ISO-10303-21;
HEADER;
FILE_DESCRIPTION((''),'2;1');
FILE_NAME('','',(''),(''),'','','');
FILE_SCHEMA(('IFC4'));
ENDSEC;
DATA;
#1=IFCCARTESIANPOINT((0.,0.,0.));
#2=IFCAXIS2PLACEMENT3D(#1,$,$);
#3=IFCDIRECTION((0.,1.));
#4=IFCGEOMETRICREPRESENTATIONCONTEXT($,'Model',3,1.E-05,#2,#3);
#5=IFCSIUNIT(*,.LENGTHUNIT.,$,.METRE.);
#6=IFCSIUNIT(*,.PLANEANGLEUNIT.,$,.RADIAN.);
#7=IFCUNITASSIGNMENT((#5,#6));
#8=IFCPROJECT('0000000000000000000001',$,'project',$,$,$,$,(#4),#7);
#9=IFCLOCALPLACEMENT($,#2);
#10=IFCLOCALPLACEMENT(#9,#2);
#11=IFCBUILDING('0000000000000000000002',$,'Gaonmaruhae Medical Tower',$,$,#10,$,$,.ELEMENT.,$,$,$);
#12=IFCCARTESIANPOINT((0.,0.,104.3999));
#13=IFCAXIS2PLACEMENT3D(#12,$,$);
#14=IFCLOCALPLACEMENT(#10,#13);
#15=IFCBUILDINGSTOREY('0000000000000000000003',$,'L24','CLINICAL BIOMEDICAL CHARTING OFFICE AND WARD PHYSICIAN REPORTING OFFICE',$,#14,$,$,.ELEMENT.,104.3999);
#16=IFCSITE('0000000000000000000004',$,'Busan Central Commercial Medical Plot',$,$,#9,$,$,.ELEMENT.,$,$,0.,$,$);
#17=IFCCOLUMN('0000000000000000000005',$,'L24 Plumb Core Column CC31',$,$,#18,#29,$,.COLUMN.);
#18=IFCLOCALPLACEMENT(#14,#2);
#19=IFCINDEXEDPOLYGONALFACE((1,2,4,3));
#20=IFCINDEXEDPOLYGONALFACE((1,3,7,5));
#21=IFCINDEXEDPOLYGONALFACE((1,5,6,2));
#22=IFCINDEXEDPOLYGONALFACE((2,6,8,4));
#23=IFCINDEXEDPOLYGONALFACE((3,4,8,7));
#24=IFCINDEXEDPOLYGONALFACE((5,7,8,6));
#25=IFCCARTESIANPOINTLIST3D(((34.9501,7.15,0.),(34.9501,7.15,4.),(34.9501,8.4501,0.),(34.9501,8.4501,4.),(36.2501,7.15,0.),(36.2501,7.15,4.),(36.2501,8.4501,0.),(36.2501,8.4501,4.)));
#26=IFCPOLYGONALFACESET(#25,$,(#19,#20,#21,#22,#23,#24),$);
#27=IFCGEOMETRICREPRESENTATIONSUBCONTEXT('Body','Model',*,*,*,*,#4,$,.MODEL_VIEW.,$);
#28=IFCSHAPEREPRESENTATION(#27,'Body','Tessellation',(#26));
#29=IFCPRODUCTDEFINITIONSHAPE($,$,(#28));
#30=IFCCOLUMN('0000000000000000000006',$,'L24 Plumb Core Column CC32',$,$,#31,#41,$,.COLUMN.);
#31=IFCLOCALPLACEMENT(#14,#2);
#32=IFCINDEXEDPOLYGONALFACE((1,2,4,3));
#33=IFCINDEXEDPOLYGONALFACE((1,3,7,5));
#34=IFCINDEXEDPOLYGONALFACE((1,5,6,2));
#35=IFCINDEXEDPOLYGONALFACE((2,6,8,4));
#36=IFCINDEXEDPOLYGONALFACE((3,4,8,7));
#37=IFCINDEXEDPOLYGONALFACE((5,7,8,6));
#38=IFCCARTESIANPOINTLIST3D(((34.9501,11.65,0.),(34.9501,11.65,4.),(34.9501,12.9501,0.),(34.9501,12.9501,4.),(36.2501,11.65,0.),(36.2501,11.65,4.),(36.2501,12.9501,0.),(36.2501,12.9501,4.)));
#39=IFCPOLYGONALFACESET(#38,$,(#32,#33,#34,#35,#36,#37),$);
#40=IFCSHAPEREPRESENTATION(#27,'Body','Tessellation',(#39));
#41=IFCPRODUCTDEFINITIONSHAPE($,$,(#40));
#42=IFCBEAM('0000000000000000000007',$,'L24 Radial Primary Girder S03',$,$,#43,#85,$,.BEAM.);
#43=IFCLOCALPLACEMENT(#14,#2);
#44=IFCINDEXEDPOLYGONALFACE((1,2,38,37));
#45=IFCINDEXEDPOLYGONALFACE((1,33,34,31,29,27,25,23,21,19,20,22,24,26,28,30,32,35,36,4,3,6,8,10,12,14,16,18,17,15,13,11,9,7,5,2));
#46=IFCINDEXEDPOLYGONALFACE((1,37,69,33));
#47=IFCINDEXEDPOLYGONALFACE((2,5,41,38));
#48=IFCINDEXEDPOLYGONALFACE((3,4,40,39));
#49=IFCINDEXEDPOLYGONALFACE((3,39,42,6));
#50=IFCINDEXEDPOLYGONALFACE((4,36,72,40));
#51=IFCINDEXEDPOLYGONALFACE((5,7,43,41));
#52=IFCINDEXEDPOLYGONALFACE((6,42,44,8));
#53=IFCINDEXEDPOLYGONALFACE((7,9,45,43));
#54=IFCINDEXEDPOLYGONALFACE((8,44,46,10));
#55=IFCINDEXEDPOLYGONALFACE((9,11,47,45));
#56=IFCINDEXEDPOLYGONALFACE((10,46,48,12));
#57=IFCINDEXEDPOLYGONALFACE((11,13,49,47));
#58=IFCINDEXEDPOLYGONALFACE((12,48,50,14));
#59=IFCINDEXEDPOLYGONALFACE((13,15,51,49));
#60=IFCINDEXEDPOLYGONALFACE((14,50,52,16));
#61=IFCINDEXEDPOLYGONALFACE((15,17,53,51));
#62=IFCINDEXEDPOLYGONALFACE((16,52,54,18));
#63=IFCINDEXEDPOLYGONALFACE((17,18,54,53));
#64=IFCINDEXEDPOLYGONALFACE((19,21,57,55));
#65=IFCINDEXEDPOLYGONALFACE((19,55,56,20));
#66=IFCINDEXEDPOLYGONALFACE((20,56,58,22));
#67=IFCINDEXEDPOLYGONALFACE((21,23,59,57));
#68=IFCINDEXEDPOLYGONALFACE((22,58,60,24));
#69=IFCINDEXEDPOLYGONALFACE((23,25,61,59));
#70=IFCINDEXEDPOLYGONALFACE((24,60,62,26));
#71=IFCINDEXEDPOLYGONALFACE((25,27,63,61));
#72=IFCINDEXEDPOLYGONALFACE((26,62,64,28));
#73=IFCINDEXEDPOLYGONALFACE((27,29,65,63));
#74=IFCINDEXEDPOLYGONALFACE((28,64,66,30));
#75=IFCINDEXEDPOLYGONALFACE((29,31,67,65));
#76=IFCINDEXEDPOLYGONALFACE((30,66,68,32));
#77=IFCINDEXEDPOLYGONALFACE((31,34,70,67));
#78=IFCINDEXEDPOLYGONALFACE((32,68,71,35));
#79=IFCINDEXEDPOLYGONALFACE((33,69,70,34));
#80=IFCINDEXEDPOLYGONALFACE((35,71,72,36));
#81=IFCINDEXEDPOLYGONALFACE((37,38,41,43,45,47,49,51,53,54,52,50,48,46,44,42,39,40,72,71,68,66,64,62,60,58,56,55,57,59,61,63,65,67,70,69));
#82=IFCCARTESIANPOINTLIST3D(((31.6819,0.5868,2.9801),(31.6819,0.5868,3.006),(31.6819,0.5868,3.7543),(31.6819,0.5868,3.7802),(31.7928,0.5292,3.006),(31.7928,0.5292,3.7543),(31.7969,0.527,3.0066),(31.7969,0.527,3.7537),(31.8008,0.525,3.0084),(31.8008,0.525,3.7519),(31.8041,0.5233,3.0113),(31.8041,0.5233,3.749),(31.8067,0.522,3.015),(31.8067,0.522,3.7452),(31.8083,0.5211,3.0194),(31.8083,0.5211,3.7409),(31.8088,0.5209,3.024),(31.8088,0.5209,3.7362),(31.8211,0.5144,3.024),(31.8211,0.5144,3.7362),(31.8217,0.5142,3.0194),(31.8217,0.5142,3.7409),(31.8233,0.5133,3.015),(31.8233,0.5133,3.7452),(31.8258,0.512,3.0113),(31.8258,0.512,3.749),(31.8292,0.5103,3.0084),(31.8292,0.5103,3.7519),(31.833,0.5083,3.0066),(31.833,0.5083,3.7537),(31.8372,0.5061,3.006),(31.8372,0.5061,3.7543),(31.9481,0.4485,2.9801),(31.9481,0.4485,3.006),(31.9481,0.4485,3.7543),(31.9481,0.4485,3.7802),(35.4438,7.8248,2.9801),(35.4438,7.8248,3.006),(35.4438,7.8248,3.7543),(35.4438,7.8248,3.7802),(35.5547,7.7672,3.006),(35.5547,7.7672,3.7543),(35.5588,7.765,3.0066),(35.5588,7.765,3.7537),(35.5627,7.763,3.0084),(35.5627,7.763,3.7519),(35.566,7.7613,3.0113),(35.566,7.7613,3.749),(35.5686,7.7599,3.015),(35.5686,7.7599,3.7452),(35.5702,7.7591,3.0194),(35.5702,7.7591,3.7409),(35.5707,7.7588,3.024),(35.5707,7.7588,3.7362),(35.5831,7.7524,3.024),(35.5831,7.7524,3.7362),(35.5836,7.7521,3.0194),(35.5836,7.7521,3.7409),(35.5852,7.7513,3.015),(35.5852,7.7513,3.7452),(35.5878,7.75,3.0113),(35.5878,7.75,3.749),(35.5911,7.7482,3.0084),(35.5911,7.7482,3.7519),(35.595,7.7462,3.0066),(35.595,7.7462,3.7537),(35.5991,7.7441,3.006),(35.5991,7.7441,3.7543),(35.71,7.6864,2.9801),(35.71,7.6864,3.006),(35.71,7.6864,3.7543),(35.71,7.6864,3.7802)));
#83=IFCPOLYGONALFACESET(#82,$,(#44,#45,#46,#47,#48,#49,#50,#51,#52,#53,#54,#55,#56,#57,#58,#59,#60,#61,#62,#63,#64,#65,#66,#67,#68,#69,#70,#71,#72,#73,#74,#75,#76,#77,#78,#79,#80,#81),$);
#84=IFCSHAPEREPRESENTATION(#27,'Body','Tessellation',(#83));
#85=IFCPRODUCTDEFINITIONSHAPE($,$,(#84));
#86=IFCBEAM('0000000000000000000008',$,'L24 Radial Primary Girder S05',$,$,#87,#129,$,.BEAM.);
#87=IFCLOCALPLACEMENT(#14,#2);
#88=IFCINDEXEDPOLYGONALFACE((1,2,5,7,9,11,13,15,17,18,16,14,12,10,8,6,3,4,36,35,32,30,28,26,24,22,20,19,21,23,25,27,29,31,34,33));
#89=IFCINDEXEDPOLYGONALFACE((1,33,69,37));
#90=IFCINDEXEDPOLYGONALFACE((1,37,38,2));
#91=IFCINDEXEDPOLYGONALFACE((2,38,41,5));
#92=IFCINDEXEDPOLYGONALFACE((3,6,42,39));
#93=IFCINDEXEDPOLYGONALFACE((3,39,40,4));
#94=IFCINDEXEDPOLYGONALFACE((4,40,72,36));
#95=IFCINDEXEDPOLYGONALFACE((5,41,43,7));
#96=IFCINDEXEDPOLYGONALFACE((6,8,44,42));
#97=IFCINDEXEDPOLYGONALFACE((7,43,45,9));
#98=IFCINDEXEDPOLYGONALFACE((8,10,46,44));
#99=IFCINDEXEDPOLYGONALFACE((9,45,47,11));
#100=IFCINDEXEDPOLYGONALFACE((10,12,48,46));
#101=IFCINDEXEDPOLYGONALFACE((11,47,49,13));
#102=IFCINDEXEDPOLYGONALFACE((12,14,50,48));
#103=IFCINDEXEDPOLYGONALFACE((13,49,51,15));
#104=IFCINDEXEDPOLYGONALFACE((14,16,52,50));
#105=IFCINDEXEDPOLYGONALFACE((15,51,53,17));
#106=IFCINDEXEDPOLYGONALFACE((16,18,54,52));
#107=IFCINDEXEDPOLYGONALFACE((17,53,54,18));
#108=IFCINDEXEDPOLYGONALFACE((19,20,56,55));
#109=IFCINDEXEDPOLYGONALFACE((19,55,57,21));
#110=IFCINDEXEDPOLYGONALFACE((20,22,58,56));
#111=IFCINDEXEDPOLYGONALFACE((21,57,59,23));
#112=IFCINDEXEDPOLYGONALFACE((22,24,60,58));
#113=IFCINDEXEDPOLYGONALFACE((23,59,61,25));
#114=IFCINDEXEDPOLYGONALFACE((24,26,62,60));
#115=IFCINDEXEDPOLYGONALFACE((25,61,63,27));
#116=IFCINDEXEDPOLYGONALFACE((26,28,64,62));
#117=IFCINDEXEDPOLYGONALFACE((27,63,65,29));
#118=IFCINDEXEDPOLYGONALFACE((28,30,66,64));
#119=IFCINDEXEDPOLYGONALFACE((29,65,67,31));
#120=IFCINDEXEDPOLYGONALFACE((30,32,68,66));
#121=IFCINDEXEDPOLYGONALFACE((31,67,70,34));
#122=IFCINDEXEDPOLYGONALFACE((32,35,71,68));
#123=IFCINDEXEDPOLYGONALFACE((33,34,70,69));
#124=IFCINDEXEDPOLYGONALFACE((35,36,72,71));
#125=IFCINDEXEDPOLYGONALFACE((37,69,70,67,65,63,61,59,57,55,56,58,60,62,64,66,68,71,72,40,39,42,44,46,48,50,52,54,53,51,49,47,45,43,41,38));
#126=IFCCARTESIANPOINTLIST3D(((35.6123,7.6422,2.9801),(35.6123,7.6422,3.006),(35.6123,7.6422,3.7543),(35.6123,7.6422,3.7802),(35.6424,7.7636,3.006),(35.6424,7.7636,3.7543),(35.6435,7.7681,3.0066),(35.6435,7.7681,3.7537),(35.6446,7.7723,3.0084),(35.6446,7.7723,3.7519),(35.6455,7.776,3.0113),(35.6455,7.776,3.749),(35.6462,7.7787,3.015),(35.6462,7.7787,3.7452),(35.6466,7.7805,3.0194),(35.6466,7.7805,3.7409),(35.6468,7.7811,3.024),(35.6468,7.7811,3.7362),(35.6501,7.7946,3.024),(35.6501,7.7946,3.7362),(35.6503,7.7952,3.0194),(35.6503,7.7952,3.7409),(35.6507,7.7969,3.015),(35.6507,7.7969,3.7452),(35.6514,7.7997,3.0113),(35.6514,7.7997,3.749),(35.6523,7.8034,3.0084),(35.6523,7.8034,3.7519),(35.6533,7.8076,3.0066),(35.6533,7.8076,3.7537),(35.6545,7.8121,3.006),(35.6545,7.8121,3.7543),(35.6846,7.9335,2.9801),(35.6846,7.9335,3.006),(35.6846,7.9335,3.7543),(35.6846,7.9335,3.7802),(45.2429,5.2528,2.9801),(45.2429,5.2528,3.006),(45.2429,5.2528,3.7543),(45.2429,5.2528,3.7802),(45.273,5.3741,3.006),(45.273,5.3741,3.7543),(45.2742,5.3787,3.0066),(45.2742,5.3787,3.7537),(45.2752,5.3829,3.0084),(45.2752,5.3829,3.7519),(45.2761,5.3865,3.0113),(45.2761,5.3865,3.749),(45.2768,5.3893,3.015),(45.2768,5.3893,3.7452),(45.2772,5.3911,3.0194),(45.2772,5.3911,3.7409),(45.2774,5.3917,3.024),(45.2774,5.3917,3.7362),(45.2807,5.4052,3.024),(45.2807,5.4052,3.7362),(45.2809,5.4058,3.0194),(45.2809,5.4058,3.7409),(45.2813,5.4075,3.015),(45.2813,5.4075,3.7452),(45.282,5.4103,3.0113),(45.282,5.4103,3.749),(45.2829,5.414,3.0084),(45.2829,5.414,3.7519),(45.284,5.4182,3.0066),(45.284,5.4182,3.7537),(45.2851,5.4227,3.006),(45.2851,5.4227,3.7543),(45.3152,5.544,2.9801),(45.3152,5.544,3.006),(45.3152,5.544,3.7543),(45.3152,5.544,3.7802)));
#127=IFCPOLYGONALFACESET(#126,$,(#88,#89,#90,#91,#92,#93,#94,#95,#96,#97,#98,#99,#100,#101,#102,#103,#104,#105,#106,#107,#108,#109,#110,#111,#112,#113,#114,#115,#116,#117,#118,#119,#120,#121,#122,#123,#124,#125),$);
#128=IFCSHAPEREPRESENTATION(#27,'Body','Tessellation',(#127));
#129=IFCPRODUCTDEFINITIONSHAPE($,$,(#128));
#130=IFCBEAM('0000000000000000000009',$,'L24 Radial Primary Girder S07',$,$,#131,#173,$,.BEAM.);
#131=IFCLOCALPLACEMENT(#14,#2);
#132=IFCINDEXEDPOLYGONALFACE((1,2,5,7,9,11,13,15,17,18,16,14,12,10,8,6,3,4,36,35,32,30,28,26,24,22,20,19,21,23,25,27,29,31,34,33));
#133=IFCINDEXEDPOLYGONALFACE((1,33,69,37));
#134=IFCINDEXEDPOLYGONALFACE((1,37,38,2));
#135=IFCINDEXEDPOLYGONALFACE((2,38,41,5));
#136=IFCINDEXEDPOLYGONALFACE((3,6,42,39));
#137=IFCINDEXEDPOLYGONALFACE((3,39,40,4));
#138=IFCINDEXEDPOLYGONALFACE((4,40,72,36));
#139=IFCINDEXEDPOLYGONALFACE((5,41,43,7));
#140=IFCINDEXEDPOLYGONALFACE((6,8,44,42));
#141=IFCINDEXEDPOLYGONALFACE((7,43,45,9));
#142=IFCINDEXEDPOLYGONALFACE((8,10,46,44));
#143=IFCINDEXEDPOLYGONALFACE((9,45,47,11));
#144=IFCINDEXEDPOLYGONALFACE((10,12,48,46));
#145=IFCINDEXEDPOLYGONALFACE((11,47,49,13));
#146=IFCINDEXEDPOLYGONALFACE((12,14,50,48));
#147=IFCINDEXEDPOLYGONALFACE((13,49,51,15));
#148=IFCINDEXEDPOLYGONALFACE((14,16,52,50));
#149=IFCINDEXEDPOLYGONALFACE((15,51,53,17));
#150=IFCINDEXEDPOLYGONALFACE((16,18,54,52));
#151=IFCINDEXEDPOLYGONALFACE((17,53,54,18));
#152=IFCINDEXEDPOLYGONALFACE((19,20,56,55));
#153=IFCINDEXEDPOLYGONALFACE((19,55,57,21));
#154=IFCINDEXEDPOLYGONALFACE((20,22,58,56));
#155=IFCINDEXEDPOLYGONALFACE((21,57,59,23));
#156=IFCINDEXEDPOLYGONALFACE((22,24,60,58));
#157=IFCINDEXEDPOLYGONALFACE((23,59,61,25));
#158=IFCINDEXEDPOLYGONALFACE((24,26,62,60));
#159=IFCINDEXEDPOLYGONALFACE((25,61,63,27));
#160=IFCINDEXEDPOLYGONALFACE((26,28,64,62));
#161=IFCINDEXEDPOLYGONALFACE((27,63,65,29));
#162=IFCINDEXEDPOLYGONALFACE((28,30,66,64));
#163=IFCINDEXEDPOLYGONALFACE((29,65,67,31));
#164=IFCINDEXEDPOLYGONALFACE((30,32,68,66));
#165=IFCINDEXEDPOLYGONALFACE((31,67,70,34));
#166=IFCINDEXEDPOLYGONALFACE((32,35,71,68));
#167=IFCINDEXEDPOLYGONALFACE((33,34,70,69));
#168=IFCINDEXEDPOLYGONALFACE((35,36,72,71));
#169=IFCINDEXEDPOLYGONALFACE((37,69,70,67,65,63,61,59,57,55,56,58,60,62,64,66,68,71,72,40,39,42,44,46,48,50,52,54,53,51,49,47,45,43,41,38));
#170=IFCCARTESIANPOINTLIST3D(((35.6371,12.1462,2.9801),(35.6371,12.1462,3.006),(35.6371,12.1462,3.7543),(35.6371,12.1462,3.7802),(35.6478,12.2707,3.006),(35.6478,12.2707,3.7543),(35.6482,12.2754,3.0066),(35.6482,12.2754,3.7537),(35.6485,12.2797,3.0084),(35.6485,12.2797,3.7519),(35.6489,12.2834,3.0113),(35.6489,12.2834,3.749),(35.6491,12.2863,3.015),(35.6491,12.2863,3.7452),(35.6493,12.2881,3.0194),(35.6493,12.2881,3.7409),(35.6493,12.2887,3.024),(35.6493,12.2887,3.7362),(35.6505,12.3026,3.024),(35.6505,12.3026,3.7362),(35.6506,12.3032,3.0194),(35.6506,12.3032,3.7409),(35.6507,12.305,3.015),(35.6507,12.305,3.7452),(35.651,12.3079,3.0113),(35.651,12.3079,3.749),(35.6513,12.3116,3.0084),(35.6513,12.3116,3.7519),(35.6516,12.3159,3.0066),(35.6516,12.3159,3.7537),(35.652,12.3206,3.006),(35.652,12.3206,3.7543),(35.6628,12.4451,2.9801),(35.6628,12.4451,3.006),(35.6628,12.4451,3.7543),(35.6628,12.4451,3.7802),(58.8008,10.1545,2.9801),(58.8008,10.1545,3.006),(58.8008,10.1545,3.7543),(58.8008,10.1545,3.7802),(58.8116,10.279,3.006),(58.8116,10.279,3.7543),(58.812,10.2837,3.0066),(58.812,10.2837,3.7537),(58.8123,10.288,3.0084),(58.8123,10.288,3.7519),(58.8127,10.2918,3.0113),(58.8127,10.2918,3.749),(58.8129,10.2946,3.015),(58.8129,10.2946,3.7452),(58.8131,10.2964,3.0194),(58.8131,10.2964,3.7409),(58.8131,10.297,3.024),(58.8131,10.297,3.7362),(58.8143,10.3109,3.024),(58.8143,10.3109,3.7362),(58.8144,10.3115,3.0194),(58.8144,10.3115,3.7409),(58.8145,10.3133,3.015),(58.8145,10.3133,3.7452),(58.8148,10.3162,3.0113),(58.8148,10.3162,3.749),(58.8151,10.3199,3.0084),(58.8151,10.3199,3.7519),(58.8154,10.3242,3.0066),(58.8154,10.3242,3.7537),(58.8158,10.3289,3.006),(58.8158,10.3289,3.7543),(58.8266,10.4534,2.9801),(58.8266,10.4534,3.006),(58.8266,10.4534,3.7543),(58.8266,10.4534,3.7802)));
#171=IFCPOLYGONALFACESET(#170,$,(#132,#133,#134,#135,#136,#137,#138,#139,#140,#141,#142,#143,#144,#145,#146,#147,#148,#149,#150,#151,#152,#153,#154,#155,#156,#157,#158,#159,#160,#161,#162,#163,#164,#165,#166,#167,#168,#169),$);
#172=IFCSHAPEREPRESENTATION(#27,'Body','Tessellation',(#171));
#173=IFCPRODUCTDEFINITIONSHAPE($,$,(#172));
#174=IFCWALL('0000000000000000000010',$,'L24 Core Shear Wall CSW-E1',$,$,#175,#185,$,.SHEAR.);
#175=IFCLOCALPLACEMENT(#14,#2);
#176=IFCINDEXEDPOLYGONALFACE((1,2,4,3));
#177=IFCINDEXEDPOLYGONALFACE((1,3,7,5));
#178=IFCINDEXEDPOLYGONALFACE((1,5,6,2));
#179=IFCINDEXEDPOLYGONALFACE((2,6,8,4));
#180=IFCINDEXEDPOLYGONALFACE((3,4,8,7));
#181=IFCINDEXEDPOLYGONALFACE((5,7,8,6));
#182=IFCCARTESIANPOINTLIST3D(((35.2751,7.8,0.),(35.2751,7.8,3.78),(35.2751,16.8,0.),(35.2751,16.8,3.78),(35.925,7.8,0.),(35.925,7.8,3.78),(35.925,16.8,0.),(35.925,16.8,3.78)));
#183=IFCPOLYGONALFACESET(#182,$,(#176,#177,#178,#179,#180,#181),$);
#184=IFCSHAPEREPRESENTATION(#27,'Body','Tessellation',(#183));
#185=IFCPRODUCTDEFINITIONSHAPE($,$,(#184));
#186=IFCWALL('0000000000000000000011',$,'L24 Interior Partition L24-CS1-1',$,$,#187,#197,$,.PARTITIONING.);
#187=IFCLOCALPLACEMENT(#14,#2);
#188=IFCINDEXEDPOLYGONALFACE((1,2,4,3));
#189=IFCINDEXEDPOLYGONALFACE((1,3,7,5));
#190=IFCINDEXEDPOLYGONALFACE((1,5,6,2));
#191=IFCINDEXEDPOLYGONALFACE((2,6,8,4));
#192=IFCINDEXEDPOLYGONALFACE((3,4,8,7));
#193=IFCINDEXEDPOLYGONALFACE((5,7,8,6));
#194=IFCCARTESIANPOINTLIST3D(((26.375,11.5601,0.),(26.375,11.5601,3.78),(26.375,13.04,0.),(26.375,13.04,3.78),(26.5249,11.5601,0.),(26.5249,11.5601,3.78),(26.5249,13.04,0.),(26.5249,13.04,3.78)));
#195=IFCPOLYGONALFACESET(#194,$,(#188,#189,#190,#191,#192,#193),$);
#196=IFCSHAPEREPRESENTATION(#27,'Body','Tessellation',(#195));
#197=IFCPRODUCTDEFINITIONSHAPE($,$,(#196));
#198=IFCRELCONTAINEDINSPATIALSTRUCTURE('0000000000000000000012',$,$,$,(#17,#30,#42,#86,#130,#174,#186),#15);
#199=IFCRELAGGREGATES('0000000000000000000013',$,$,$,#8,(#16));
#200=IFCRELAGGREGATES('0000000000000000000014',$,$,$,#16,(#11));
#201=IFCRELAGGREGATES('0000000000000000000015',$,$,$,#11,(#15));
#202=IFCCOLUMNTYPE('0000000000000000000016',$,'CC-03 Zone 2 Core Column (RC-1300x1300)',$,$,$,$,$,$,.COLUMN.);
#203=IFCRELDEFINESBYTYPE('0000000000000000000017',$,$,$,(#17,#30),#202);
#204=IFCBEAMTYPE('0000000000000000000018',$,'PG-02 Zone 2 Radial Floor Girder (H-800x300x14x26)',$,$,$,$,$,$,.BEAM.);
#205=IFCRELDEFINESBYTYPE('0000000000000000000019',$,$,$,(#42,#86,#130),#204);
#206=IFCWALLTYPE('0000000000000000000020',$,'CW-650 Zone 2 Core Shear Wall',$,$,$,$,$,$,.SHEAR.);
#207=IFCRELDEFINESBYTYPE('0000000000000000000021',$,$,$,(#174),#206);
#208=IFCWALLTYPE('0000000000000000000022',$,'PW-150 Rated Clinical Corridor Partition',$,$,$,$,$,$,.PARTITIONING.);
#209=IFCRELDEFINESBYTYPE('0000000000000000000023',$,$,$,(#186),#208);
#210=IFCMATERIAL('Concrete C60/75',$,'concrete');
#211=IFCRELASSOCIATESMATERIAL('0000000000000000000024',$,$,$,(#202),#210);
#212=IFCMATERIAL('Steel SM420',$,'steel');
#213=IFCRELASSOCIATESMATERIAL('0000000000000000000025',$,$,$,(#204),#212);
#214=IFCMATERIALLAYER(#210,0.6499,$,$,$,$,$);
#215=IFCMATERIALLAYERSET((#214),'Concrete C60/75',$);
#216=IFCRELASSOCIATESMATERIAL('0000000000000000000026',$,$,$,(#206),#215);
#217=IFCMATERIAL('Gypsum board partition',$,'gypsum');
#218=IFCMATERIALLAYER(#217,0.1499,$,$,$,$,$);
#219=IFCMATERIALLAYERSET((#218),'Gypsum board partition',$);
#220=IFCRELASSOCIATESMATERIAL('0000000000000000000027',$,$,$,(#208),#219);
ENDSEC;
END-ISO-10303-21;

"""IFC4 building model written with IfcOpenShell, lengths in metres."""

from ifc_helpers import new_model, si_unit, direction, frame, frame_2d, origin, origin_2d, place, context, subcontext, project, spatial, rectangle, i_section, extrude, material, layer, layer_set, material_profile, profile_set, type_object, element, save


model = new_model("IFC4")

# Units and contexts
model_context = context("Model", 3, precision=1e-05, world=origin(), true_north=direction((0.0, 1.0)))
body_context = subcontext(model_context, "Body", "Model", "MODEL_VIEW")
ifc_project = project(units=[si_unit("LENGTHUNIT", "METRE"), si_unit("PLANEANGLEUNIT", "RADIAN")], contexts=[model_context])

# Site, building, storey
site_placement = place(None, origin())
site = spatial("IfcSite", under=ifc_project, at=site_placement, Name="Busan Central Commercial Medical Plot", CompositionType="ELEMENT", RefElevation=0.0)
building_placement = place(site_placement, origin())
building = spatial("IfcBuilding", under=site, at=building_placement, Name="Gaonmaruhae Medical Tower", CompositionType="ELEMENT")
storey_placement = place(building_placement, frame((0.0, 0.0, 104.3999)))
storey = spatial("IfcBuildingStorey", under=building, at=storey_placement, Name="L24", Description="CLINICAL BIOMEDICAL CHARTING OFFICE AND WARD PHYSICIAN REPORTING OFFICE", CompositionType="ELEMENT", Elevation=104.3999)

# Columns
ifc_material_1 = material(Name="Concrete C60/75", Category="concrete")
ifc_material_profile_1 = material_profile(ifc_material_1, rectangle(XDim=1.3, YDim=1.3, at=origin_2d()), Name="RC-1300x1300")
ifc_profile_set_1 = profile_set([ifc_material_profile_1], Name="Concrete C60/75")
column_type = type_object("IfcColumnType", Name="CC-03 Zone 2 Core Column (RC-1300x1300)", PredefinedType="COLUMN", material=ifc_profile_set_1)
for number, where, z_axis, x_axis, name in (
    (1, (35.6001, 7.8, 0.0), (0.0, 0.0, 1.0), (1.0, 0.0, 0.0), "L24 Plumb Core Column CC31"),
    (2, (35.6001, 12.3, 0.0), (0.0, 0.0, 1.0), (1.0, 0.0, 0.0), "L24 Plumb Core Column CC32"),
):
    element("IfcColumn", number, at=place(storey_placement, frame(where, z_axis=z_axis, x_axis=x_axis)), inside=storey, type_object=column_type, Name=name, PredefinedType="COLUMN", context=body_context, shape_type="SweptSolid", body=[
        extrude(rectangle(XDim=1.3, YDim=1.3, at=origin_2d()), origin(), (0.0, 0.0, 1.0), 4.0),
    ])

# Beams
ifc_material_2 = material(Name="Steel SM420", Category="steel")
ifc_material_profile_2 = material_profile(ifc_material_2, i_section(OverallWidth=0.3, OverallDepth=0.8, WebThickness=0.0139, FlangeThickness=0.0259, FilletRadius=0.0181, at=origin_2d()), Name="H-800x300x14x26")
ifc_profile_set_2 = profile_set([ifc_material_profile_2], Name="Steel SM420")
beam_type = type_object("IfcBeamType", Name="PG-02 Zone 2 Radial Floor Girder (H-800x300x14x26)", PredefinedType="BEAM", material=ifc_profile_set_2)
beam_1_placement = place(storey_placement, frame((35.5769, 7.7556, 3.3801), z_axis=(-0.461177, -0.887308, 0.0), x_axis=(0.887308, -0.461177, 0.0)))
element("IfcBeam", 3, at=beam_1_placement, inside=storey, type_object=beam_type, Name="L24 Radial Primary Girder S03", PredefinedType="BEAM", context=body_context, shape_type="SweptSolid", body=[
    extrude(i_section(OverallWidth=0.3, OverallDepth=0.8, WebThickness=0.0139, FlangeThickness=0.0259, FilletRadius=0.0181, at=origin_2d()), origin(), (0.0, 0.0, 1.0), 8.1572),
])
beam_2_placement = place(storey_placement, frame((35.6484, 7.7878, 3.3801), z_axis=(0.970574, -0.240804, 0.0), x_axis=(0.240804, 0.970574, 0.0)))
element("IfcBeam", 4, at=beam_2_placement, inside=storey, type_object=beam_type, Name="L24 Radial Primary Girder S05", PredefinedType="BEAM", context=body_context, shape_type="SweptSolid", body=[
    extrude(i_section(OverallWidth=0.3, OverallDepth=0.8, WebThickness=0.0139, FlangeThickness=0.0259, FilletRadius=0.0181, at=origin_2d()), origin(), (0.0, 0.0, 1.0), 9.9226),
])
beam_3_placement = place(storey_placement, frame((35.6499, 12.2957, 3.3801), z_axis=(0.996324, -0.085667, 0.0), x_axis=(0.085667, 0.996324, 0.0)))
element("IfcBeam", 5, at=beam_3_placement, inside=storey, type_object=beam_type, Name="L24 Radial Primary Girder S07", PredefinedType="BEAM", context=body_context, shape_type="SweptSolid", body=[
    extrude(i_section(OverallWidth=0.3, OverallDepth=0.8, WebThickness=0.0139, FlangeThickness=0.0259, FilletRadius=0.0181, at=origin_2d()), origin(), (0.0, 0.0, 1.0), 23.2493),
])

# Walls
ifc_layer_1 = layer(ifc_material_1, 0.6499)
ifc_layer_set_1 = layer_set([ifc_layer_1], Name="Concrete C60/75")
wall_type_1 = type_object("IfcWallType", Name="CW-650 Zone 2 Core Shear Wall", PredefinedType="SHEAR", material=ifc_layer_set_1)
wall_1_placement = place(storey_placement, frame((35.6001, 7.8, 0.0), z_axis=(0.0, 0.0, 1.0), x_axis=(0.0, 1.0, 0.0)))
element("IfcWall", 6, at=wall_1_placement, inside=storey, type_object=wall_type_1, Name="L24 Core Shear Wall CSW-E1", PredefinedType="SHEAR", context=body_context, shape_type="SweptSolid", body=[
    extrude(rectangle(XDim=9.0, YDim=0.6499, at=frame_2d((4.5, 0.0))), origin(), (0.0, 0.0, 1.0), 3.78),
])
ifc_material_3 = material(Name="Gypsum board partition", Category="gypsum")
ifc_layer_2 = layer(ifc_material_3, 0.1499)
ifc_layer_set_2 = layer_set([ifc_layer_2], Name="Gypsum board partition")
wall_type_2 = type_object("IfcWallType", Name="PW-150 Rated Clinical Corridor Partition", PredefinedType="PARTITIONING", material=ifc_layer_set_2)
wall_2_placement = place(storey_placement, frame((26.45, 11.5601, 0.0), z_axis=(0.0, 0.0, 1.0), x_axis=(0.0, 1.0, 0.0)))
element("IfcWall", 7, at=wall_2_placement, inside=storey, type_object=wall_type_2, Name="L24 Interior Partition L24-CS1-1", PredefinedType="PARTITIONING", context=body_context, shape_type="SweptSolid", body=[
    extrude(rectangle(XDim=1.48, YDim=0.1499, at=frame_2d((0.74, 0.0))), origin(), (0.0, 0.0, 1.0), 3.78),
])

save(model, "model.ifc")
